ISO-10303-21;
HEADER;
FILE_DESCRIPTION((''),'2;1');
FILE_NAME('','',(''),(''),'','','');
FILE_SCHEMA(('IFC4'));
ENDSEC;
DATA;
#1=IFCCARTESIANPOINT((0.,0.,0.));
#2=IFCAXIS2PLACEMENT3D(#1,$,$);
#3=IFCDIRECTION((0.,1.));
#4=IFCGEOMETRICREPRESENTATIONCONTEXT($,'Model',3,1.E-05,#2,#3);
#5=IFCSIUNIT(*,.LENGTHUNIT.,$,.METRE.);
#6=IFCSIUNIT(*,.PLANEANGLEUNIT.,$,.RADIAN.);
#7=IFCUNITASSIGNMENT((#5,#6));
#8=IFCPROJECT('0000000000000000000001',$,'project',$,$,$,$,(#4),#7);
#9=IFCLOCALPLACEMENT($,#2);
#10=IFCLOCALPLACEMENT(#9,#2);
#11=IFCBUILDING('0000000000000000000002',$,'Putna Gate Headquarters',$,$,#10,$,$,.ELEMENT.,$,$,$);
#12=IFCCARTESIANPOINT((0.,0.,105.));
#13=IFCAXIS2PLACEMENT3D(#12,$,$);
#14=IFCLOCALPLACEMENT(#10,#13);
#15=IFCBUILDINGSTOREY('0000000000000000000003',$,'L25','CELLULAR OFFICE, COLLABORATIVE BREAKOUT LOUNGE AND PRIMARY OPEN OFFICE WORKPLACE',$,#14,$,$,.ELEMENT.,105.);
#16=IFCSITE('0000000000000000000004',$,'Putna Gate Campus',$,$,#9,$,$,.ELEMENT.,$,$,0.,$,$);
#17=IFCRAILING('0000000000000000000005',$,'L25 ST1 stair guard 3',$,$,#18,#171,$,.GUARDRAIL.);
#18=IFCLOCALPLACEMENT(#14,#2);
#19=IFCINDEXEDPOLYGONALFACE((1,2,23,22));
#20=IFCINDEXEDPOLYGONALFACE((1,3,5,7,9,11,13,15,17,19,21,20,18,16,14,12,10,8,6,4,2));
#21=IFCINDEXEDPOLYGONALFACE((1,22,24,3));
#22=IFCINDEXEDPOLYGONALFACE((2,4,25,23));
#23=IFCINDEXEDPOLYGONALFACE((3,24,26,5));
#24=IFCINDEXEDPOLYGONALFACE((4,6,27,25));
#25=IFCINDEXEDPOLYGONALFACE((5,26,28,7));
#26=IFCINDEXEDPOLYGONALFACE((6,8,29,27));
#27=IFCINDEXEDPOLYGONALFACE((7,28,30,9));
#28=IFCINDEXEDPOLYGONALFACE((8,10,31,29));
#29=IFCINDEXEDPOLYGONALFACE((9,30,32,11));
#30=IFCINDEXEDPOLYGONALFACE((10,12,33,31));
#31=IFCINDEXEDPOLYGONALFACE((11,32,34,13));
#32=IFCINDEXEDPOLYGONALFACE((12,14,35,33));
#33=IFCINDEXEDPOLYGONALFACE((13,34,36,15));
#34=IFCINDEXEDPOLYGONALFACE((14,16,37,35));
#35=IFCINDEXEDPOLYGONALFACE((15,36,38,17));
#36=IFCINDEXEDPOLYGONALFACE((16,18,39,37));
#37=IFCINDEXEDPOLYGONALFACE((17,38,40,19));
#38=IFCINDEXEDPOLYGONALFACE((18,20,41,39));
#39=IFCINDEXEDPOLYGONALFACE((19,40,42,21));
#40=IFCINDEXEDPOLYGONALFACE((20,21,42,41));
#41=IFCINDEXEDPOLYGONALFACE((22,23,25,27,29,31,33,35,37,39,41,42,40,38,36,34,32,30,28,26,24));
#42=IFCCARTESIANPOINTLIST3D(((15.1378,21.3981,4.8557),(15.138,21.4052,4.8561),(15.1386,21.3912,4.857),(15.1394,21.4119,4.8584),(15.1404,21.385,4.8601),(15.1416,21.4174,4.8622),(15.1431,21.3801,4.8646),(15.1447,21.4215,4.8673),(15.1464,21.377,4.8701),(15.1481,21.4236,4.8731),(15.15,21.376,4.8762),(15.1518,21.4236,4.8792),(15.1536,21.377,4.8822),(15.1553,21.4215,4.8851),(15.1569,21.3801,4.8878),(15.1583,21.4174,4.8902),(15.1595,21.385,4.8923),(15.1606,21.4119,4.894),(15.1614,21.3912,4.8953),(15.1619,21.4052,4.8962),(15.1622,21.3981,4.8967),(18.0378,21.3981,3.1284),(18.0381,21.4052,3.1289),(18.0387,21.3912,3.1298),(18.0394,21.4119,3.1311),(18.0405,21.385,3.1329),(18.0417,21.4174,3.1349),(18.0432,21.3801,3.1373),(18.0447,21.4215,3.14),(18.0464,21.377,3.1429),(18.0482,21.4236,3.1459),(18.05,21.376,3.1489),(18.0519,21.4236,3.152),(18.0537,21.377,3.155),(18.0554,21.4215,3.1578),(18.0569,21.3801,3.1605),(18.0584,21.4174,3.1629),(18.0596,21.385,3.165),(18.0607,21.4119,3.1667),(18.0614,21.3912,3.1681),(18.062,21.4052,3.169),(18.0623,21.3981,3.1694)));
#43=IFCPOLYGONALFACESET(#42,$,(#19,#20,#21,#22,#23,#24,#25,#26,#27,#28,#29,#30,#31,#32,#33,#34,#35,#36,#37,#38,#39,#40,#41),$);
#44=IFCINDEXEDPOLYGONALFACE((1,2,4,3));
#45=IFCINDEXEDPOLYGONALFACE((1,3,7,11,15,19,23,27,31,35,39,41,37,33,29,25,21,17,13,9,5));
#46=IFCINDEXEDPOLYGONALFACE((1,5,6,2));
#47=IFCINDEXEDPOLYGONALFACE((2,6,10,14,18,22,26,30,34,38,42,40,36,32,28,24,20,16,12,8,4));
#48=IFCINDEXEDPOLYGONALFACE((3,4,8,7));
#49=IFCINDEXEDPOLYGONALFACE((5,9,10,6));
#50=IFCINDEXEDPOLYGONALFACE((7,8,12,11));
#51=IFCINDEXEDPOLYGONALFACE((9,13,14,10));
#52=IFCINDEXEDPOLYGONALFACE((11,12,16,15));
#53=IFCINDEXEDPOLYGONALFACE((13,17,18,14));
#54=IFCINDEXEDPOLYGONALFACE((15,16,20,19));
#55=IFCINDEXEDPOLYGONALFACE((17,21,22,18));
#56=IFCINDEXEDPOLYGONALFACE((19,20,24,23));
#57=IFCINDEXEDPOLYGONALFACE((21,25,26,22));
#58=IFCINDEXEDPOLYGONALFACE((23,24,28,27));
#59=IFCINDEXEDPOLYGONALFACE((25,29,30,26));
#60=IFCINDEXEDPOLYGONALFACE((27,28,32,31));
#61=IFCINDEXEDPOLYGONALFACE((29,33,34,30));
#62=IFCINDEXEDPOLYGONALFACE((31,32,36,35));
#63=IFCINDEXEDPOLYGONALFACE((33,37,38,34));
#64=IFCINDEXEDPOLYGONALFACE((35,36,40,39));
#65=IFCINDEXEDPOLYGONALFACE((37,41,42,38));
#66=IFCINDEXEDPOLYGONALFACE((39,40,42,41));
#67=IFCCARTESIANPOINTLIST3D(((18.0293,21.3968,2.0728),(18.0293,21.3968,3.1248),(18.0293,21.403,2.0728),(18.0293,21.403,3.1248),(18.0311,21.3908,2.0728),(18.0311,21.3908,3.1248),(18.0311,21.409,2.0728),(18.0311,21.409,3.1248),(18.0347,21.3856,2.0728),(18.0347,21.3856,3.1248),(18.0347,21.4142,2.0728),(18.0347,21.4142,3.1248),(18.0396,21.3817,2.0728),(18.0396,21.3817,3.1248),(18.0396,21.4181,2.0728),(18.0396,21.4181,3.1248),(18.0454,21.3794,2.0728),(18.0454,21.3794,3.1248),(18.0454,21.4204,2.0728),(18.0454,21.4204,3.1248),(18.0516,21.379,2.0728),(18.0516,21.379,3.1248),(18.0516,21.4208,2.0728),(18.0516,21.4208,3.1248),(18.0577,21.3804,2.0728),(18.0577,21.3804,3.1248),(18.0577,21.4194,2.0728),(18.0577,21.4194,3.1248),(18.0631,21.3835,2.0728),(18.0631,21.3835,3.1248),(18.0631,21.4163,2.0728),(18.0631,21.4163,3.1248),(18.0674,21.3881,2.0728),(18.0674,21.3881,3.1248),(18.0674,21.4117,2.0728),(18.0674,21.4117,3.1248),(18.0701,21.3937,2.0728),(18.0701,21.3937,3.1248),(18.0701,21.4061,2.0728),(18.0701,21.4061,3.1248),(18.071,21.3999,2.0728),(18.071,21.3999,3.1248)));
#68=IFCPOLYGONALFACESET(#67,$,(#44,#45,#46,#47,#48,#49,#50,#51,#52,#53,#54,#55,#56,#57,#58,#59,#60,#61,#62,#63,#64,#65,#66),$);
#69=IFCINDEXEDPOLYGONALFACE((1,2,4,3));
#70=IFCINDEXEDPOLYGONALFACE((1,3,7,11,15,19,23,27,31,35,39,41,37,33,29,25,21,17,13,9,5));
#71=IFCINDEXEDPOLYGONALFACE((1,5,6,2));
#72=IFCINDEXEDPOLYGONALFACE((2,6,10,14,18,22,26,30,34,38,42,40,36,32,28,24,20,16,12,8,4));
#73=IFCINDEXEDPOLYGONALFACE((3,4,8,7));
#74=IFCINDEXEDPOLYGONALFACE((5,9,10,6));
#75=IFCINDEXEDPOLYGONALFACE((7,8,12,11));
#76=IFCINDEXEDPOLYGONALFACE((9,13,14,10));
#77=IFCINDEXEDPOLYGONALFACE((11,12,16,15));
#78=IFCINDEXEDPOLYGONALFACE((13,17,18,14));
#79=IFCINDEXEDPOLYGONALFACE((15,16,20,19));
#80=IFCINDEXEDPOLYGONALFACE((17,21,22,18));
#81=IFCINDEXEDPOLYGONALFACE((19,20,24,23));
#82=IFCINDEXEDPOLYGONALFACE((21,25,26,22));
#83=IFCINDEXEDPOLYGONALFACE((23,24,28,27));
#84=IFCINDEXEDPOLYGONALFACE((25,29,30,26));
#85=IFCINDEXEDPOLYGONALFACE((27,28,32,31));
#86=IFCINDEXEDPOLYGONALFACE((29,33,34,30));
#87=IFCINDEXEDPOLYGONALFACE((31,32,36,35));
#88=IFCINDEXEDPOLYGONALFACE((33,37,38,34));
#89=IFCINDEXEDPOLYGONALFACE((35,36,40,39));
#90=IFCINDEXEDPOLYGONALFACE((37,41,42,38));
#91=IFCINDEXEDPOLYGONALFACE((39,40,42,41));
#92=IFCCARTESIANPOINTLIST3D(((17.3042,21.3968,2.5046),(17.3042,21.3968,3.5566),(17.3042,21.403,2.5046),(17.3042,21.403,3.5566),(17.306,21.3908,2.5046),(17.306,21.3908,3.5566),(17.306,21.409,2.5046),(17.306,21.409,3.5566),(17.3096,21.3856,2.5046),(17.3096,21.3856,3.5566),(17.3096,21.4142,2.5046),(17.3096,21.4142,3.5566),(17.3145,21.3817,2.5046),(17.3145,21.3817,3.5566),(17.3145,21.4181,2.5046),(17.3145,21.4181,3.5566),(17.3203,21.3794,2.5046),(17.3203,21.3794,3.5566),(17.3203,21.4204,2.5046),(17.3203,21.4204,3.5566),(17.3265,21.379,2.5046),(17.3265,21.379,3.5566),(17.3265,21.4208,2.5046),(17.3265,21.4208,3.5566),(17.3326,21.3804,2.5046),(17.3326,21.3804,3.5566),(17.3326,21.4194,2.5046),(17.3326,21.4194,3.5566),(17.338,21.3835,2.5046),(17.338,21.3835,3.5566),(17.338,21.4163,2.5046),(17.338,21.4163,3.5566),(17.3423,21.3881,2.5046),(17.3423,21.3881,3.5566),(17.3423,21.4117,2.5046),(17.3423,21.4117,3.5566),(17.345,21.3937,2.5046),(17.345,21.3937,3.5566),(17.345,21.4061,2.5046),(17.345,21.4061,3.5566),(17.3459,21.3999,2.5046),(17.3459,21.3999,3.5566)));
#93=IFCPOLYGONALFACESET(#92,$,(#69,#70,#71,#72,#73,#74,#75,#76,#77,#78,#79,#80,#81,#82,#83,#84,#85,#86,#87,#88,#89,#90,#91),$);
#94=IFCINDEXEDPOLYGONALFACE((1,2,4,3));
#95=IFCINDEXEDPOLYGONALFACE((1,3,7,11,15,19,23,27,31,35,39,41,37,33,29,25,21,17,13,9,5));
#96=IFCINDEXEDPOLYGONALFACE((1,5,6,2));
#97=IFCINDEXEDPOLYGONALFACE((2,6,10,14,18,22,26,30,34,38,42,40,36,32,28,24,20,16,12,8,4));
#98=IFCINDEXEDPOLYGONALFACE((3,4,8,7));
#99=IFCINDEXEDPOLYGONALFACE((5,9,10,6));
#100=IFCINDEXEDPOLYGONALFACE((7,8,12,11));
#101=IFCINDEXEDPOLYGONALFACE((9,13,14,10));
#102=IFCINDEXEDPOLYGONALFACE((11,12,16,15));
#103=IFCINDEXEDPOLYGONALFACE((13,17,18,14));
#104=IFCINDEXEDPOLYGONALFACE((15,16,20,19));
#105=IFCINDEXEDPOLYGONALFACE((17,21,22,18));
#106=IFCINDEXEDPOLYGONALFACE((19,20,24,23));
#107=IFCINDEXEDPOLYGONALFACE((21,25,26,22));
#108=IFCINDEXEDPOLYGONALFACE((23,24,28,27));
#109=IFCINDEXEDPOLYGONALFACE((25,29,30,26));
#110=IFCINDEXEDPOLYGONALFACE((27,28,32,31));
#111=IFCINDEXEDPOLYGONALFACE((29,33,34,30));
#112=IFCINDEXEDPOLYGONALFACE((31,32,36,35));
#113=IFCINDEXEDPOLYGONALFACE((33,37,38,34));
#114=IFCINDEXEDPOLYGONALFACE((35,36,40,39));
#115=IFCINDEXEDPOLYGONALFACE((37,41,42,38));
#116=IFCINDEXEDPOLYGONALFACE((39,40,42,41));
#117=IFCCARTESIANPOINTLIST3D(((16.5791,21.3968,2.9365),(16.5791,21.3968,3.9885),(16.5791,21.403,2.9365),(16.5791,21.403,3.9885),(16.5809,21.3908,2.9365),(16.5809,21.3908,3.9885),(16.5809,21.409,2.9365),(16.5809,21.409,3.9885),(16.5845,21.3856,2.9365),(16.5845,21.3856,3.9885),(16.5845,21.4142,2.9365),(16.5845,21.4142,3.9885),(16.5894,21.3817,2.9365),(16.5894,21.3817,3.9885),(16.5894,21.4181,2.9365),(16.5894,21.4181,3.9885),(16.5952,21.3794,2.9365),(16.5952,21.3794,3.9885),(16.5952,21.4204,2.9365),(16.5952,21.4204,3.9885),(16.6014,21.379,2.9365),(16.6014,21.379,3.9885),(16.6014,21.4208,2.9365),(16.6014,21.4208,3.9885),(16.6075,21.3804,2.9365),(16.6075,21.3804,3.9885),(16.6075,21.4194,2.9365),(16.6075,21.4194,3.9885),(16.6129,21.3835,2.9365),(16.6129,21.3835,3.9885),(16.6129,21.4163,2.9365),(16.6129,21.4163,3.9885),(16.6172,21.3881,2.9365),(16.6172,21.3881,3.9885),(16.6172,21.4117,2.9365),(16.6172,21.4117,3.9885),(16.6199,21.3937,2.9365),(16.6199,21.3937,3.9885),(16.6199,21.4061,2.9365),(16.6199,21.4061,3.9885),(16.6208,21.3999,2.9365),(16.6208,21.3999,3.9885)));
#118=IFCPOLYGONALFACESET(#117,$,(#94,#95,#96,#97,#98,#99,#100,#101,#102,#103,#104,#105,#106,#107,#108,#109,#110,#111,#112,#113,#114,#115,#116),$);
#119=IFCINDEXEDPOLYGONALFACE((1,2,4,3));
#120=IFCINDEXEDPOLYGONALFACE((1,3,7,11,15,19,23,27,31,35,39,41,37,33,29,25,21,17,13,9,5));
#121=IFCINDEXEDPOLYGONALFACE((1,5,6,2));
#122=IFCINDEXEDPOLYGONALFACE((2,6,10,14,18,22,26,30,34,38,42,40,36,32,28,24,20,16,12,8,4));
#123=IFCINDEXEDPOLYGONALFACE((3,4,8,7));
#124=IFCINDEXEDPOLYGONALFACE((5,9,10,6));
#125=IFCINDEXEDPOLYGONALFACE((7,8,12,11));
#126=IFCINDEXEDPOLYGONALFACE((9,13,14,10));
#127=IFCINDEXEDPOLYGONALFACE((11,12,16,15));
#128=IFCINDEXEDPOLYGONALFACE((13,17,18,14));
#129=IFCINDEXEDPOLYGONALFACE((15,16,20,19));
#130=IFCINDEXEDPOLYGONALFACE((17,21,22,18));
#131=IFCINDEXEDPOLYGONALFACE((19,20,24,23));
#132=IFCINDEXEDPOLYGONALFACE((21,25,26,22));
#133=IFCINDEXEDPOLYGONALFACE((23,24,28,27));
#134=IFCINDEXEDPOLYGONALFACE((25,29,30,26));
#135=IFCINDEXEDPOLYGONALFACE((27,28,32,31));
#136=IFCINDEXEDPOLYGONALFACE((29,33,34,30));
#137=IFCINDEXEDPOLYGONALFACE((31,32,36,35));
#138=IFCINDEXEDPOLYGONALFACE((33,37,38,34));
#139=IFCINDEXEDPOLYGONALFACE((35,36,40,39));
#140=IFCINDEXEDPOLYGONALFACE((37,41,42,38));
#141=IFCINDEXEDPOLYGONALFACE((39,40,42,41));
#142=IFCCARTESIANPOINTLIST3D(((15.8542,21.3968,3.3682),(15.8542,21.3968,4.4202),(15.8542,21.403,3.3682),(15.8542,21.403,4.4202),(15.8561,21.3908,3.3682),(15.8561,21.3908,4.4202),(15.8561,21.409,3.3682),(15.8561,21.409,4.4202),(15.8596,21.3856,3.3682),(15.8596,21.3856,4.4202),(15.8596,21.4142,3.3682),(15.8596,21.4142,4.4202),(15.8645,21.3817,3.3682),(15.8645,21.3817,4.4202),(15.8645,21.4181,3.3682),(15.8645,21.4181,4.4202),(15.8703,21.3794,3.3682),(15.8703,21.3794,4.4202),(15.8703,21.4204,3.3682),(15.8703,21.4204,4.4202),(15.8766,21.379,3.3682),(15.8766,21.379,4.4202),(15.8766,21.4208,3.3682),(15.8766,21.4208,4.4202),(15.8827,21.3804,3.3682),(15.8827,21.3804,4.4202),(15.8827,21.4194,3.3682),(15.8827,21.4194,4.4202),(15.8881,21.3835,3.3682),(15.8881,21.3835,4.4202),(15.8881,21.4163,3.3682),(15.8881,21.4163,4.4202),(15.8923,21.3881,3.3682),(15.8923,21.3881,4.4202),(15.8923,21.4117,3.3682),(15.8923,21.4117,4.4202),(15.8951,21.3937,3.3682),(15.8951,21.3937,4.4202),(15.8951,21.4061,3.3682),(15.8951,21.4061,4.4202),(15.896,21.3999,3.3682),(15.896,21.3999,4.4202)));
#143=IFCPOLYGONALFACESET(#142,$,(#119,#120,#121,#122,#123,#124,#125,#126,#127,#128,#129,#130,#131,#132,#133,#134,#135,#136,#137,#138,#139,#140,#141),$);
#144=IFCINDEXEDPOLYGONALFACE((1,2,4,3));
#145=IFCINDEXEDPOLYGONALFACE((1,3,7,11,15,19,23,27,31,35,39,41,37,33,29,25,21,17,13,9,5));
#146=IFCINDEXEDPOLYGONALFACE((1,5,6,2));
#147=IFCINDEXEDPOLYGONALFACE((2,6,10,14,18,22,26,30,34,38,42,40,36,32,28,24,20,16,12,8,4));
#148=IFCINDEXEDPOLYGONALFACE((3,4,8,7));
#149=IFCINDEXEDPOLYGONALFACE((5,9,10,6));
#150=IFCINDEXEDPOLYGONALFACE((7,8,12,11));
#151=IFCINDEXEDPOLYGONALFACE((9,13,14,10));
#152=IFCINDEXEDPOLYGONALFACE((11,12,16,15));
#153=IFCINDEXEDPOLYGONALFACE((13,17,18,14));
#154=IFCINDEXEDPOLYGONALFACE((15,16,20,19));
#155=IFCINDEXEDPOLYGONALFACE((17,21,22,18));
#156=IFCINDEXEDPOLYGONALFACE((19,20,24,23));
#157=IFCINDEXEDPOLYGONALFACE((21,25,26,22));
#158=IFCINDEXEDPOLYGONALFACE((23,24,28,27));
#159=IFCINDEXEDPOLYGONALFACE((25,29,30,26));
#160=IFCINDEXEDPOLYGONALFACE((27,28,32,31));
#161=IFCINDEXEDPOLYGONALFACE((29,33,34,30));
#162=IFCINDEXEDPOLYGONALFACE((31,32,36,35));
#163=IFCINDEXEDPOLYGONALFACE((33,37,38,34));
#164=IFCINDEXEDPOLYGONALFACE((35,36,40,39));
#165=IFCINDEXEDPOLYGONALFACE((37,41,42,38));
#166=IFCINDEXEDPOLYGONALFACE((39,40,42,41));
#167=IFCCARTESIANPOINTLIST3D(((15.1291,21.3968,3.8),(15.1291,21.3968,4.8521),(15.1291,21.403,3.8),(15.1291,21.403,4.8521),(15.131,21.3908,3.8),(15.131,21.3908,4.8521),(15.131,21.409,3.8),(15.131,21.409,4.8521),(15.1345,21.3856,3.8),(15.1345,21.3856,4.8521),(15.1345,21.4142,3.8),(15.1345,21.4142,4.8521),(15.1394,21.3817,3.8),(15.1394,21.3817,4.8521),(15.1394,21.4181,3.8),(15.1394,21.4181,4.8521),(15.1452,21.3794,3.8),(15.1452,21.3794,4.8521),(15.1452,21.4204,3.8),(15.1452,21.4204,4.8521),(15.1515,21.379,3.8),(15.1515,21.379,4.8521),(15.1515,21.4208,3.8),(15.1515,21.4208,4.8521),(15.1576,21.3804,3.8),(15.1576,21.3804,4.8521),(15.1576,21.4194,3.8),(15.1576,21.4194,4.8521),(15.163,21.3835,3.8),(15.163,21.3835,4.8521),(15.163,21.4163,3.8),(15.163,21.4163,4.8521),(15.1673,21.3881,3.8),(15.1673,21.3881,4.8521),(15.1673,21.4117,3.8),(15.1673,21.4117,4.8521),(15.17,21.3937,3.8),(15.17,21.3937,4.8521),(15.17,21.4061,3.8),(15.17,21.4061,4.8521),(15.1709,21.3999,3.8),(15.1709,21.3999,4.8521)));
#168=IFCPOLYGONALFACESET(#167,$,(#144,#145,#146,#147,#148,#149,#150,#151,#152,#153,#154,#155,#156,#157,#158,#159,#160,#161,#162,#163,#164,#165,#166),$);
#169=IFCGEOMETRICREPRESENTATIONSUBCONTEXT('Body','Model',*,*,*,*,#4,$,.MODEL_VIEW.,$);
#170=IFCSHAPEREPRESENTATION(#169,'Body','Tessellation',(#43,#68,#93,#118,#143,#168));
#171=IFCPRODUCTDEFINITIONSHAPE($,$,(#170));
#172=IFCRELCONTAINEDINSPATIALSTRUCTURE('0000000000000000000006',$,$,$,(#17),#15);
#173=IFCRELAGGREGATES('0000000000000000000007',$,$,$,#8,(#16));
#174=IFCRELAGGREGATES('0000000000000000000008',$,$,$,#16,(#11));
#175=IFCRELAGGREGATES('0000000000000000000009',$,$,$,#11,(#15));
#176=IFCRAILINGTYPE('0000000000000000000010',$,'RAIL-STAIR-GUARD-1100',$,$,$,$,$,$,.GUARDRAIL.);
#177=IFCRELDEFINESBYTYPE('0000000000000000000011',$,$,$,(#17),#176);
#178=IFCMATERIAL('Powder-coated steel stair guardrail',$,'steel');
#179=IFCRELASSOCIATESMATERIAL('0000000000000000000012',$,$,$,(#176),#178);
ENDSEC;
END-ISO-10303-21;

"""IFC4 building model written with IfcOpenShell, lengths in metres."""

from ifc_helpers import new_model, si_unit, direction, frame, origin, origin_2d, place, context, subcontext, project, spatial, circle, extrude, material, type_object, element, save


model = new_model("IFC4")

# Units and contexts
model_context = context("Model", 3, precision=1e-05, world=origin(), true_north=direction((0.0, 1.0)))
body_context = subcontext(model_context, "Body", "Model", "MODEL_VIEW")
ifc_project = project(units=[si_unit("LENGTHUNIT", "METRE"), si_unit("PLANEANGLEUNIT", "RADIAN")], contexts=[model_context])

# Site, building, storey
site_placement = place(None, origin())
site = spatial("IfcSite", under=ifc_project, at=site_placement, Name="Putna Gate Campus", CompositionType="ELEMENT", RefElevation=0.0)
building_placement = place(site_placement, origin())
building = spatial("IfcBuilding", under=site, at=building_placement, Name="Putna Gate Headquarters", CompositionType="ELEMENT")
storey_placement = place(building_placement, frame((0.0, 0.0, 105.0)))
storey = spatial("IfcBuildingStorey", under=building, at=storey_placement, Name="L25", Description="CELLULAR OFFICE, COLLABORATIVE BREAKOUT LOUNGE AND PRIMARY OPEN OFFICE WORKPLACE", CompositionType="ELEMENT", Elevation=105.0)

# Railing
ifc_material_1 = material(Name="Powder-coated steel stair guardrail", Category="steel")
railing_type_1 = type_object("IfcRailingType", Name="RAIL-STAIR-GUARD-1100", PredefinedType="GUARDRAIL", material=ifc_material_1)
railing_1_placement = place(storey_placement, frame((18.05, 21.3999, 2.0728)))
element("IfcRailing", 1, at=railing_1_placement, inside=storey, type_object=railing_type_1, Name="L25 ST1 stair guard 3", PredefinedType="GUARDRAIL", context=body_context, shape_type="SweptSolid", body=[
    extrude(circle(Radius=0.0239, at=origin_2d()), frame((0.0, 0.0, 1.0762), z_axis=(-0.85916, 0.0, 0.511706), x_axis=(0.0, -1.0, 0.0)), (0.0, 0.0, 1.0), 3.3755),
    extrude(circle(Radius=0.021, at=origin_2d()), origin(), (0.0, 0.0, 1.0), 1.052),
    extrude(circle(Radius=0.021, at=origin_2d()), frame((-0.7251, 0.0, 0.4319)), (0.0, 0.0, 1.0), 1.052),
    extrude(circle(Radius=0.021, at=origin_2d()), frame((-1.4502, 0.0, 0.8638)), (0.0, 0.0, 1.0), 1.052),
    extrude(circle(Radius=0.021, at=origin_2d()), frame((-2.175, 0.0, 1.2954)), (0.0, 0.0, 1.0), 1.052),
    extrude(circle(Radius=0.021, at=origin_2d()), frame((-2.9001, 0.0, 1.7273)), (0.0, 0.0, 1.0), 1.052),
])

save(model, "model.ifc")
